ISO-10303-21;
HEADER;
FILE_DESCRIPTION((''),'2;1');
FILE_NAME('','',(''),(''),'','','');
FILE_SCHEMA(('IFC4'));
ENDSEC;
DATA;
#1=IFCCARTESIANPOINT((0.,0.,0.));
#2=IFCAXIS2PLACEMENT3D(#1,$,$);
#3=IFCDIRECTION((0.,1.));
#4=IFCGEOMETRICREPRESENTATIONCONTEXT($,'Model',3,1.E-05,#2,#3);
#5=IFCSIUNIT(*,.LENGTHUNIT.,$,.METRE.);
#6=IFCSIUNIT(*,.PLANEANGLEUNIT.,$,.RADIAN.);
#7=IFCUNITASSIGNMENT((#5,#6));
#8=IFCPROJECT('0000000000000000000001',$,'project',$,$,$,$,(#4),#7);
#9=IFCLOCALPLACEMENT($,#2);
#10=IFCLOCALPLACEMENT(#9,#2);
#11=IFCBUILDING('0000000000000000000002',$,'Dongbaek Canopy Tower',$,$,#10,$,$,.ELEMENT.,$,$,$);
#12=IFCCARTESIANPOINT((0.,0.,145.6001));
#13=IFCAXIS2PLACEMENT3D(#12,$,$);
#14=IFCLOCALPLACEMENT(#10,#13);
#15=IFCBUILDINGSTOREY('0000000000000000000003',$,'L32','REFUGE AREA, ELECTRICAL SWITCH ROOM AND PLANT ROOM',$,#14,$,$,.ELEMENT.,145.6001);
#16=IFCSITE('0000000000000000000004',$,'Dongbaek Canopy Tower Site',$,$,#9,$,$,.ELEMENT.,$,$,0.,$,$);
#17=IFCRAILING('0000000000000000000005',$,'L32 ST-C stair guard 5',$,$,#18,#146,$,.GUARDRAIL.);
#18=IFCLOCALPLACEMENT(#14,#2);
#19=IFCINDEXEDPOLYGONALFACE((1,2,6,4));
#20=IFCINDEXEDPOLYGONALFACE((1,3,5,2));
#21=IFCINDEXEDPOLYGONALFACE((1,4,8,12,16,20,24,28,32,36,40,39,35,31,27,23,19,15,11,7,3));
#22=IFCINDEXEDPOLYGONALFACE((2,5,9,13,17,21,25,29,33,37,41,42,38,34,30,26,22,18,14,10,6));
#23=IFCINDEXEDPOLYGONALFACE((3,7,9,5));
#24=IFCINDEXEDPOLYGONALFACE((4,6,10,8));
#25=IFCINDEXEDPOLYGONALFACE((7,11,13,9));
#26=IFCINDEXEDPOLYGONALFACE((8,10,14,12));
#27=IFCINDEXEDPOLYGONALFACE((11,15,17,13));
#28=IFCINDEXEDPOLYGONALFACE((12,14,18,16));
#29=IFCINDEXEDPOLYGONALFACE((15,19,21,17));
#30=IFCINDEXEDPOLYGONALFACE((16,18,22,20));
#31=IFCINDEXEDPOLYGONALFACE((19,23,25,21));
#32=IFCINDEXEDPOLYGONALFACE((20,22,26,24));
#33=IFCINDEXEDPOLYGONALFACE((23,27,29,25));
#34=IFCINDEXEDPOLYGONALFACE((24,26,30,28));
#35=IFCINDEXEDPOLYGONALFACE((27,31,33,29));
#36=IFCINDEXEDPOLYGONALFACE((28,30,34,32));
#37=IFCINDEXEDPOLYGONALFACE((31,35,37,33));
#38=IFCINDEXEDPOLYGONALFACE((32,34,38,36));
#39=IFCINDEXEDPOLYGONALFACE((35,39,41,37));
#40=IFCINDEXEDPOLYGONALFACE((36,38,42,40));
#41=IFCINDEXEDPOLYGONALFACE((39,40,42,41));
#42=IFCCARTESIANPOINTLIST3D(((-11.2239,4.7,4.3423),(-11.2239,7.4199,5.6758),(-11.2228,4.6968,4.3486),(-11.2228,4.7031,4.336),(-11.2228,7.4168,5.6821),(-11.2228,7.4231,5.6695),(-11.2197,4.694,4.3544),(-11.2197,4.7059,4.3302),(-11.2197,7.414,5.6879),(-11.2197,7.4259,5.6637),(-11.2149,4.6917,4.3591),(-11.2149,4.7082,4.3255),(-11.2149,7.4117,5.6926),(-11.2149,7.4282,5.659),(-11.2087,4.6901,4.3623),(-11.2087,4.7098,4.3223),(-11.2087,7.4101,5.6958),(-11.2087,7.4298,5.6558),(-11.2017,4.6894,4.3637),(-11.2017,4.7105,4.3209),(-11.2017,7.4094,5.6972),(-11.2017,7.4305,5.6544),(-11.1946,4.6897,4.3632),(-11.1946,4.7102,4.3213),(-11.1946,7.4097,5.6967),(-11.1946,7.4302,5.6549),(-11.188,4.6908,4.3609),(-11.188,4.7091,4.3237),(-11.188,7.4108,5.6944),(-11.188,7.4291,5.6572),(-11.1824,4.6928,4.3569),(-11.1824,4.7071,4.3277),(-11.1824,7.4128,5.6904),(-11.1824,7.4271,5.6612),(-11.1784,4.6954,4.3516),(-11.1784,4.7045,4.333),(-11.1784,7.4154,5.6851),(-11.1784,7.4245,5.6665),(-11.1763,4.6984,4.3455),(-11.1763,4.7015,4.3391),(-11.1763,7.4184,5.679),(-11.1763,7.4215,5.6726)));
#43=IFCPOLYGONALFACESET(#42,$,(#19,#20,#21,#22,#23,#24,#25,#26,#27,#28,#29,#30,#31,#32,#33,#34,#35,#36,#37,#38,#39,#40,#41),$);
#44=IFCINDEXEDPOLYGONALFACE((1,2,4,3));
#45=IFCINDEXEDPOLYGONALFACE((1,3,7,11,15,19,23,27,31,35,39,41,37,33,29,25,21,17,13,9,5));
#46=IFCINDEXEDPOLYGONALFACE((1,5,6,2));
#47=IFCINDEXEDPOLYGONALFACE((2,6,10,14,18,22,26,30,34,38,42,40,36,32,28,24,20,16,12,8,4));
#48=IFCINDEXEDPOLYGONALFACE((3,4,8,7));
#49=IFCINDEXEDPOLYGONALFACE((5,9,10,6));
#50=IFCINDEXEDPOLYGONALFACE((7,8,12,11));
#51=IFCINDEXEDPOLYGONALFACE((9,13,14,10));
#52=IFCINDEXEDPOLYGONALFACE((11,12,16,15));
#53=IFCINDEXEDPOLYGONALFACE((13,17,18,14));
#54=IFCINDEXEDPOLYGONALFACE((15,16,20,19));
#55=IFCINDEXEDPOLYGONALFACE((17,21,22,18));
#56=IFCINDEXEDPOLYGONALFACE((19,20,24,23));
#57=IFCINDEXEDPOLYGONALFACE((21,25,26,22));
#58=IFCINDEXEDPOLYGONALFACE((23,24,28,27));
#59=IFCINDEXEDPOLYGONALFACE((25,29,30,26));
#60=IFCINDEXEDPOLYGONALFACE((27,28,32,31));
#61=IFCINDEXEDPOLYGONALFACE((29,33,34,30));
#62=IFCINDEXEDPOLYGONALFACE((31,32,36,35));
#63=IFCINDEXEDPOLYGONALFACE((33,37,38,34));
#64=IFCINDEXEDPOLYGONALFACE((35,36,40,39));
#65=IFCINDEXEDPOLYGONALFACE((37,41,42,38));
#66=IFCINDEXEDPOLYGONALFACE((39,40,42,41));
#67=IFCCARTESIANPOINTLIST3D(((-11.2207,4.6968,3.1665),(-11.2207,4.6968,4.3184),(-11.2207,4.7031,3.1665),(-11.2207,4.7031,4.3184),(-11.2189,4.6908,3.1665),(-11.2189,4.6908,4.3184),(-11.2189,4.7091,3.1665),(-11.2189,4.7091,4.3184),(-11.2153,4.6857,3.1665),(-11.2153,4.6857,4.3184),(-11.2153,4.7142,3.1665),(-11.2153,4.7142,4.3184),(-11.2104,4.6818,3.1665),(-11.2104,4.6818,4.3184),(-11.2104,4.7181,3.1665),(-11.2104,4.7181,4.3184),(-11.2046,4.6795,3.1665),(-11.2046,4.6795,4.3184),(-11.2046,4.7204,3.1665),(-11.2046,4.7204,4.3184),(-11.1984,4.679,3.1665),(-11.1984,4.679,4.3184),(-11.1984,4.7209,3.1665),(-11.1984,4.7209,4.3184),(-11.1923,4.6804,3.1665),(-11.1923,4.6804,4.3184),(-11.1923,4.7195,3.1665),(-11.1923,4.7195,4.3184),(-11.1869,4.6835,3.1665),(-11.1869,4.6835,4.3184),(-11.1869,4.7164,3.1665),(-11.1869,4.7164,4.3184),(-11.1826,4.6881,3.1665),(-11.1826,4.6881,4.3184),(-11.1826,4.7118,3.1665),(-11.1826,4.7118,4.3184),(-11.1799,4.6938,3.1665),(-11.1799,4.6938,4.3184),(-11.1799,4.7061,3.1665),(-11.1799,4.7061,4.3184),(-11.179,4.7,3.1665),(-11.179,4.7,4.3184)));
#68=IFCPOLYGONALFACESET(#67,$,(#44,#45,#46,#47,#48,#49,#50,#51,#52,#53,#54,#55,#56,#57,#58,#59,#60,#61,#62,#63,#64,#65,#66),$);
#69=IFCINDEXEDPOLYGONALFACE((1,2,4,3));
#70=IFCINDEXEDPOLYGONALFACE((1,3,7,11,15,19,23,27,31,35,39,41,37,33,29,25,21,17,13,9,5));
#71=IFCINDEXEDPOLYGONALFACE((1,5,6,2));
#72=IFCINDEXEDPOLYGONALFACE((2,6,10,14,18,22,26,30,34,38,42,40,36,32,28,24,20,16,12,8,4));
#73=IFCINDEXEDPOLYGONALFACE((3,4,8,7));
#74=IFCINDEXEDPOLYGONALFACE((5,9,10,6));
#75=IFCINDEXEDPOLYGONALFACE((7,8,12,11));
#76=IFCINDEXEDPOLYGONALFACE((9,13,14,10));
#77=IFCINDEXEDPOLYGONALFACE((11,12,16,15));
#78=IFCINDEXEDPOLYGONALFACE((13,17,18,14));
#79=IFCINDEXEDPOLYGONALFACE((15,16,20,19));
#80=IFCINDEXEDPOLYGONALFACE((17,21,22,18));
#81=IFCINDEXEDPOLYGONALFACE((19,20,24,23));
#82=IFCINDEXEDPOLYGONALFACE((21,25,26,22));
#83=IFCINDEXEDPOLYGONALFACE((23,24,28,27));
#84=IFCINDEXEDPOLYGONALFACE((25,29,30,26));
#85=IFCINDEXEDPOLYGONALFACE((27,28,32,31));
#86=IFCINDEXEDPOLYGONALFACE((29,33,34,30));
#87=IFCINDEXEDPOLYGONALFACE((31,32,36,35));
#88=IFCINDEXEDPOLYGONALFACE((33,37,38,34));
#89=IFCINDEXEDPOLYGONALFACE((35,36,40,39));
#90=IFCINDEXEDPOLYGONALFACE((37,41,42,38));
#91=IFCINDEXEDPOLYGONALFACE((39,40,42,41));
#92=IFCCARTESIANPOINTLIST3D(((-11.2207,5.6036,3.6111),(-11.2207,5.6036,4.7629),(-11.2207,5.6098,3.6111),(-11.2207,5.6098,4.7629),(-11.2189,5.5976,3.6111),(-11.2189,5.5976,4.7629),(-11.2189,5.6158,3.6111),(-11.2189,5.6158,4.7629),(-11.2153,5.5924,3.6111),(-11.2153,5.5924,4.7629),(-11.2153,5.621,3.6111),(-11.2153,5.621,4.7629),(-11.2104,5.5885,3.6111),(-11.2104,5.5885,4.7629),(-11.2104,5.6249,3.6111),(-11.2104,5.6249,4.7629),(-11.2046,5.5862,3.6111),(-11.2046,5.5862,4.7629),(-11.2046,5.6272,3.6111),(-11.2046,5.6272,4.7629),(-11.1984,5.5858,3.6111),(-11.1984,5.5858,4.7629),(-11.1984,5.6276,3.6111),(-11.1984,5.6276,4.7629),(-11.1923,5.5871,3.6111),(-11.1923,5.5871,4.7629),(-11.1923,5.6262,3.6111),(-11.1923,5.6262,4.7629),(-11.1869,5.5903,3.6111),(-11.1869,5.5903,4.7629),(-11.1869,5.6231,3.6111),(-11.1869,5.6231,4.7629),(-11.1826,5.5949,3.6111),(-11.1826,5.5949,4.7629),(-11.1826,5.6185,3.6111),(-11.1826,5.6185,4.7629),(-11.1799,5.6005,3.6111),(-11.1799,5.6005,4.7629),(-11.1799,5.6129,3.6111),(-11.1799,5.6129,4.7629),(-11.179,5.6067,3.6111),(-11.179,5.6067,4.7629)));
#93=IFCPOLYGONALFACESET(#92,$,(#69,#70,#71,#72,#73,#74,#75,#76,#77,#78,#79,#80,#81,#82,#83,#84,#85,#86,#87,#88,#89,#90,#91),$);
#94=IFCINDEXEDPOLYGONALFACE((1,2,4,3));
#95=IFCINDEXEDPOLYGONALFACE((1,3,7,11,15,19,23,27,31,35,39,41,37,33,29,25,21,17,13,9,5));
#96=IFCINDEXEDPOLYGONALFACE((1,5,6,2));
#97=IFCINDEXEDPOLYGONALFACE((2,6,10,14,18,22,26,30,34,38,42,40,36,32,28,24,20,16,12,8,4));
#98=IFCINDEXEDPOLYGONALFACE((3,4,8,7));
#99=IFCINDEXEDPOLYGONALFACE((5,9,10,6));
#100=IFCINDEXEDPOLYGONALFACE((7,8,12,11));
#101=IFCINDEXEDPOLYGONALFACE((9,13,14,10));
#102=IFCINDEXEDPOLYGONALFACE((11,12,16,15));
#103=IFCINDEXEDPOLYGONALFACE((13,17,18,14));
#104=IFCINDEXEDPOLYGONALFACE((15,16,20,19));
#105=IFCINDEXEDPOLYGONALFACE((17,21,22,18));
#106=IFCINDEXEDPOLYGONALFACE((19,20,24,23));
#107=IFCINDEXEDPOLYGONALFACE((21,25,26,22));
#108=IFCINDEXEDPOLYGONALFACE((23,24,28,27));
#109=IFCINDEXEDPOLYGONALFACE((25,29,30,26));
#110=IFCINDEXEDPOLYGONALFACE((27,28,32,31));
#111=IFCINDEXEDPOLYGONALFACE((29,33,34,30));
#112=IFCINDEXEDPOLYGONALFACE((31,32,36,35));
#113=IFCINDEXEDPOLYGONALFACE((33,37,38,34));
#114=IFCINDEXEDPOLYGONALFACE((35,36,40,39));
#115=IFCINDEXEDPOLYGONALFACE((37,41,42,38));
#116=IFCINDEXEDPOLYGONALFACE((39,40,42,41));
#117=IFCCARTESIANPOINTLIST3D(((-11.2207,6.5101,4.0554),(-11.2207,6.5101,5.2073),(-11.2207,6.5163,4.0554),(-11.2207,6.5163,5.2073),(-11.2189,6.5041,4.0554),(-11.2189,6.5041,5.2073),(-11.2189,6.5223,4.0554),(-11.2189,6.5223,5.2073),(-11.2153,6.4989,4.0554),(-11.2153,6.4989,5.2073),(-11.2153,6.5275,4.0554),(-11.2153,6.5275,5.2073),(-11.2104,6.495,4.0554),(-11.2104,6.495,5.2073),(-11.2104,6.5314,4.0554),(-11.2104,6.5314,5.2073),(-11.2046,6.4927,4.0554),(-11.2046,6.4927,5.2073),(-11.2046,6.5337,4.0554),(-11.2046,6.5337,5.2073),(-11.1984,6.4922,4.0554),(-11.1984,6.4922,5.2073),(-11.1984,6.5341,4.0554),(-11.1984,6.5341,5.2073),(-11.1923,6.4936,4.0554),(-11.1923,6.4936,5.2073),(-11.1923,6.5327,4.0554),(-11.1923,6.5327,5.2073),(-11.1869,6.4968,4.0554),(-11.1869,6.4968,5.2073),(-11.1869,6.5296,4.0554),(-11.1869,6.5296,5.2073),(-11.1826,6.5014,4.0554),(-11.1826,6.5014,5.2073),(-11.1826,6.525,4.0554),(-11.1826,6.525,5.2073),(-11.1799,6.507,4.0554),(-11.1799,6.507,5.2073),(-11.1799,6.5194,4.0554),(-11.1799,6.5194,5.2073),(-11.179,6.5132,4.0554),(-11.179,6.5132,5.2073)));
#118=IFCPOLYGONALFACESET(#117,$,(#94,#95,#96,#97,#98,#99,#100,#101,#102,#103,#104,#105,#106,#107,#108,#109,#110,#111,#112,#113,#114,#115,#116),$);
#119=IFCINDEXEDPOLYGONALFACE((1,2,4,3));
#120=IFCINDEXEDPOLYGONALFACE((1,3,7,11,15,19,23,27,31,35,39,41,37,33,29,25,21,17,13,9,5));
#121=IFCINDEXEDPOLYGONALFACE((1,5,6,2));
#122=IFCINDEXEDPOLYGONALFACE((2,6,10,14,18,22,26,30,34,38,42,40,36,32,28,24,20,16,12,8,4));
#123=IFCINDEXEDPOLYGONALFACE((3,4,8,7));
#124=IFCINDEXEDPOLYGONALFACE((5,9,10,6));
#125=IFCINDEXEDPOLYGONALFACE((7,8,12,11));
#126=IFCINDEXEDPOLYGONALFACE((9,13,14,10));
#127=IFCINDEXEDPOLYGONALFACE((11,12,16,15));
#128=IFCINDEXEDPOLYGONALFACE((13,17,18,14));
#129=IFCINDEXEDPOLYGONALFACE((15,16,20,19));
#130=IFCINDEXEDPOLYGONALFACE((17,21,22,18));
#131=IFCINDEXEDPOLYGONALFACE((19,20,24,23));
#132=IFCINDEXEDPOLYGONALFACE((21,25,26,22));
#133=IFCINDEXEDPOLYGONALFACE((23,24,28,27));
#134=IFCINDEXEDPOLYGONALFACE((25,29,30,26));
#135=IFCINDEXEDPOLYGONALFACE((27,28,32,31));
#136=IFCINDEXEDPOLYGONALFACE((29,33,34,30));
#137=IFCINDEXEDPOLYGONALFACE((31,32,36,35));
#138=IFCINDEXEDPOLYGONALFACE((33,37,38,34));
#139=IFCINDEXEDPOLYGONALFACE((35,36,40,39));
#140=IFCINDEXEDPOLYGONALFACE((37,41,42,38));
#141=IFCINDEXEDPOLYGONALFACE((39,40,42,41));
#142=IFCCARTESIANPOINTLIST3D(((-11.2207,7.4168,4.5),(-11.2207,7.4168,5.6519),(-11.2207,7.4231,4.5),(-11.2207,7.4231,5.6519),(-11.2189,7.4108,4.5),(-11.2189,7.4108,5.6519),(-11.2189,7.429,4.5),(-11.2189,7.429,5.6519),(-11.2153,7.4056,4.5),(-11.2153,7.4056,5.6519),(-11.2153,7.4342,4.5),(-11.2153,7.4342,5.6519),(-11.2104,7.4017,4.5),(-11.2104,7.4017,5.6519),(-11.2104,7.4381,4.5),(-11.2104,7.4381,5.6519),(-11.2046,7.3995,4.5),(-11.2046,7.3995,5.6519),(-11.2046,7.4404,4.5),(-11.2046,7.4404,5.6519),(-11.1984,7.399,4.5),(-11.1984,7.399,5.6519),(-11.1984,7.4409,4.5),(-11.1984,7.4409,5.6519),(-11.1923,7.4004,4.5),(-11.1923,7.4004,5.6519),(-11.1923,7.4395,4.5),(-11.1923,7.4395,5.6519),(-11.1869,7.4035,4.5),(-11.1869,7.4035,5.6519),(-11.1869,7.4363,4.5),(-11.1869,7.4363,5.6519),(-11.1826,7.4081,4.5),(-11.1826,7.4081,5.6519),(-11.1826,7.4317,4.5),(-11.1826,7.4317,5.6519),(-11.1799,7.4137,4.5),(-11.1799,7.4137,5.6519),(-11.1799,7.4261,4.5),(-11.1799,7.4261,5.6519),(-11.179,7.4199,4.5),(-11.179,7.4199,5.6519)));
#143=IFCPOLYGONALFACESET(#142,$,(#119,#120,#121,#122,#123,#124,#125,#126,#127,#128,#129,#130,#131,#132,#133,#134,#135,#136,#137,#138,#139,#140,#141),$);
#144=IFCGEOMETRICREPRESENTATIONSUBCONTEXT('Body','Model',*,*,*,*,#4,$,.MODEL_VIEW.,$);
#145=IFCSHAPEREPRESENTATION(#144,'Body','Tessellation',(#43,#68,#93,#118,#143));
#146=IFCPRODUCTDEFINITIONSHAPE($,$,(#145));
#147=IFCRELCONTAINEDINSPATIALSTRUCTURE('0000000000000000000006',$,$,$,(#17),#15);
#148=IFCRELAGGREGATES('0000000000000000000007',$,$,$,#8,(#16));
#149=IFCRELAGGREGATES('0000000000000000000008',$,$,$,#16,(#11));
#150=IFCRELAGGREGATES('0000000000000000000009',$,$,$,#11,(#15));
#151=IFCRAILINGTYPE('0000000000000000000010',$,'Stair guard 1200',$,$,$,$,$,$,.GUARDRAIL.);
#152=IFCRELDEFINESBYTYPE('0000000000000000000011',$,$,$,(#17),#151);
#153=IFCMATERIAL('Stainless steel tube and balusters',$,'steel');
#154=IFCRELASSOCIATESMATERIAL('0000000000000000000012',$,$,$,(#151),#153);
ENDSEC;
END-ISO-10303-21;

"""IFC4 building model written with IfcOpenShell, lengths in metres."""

from ifc_helpers import new_model, si_unit, direction, frame, origin, origin_2d, place, context, subcontext, project, spatial, circle, extrude, material, type_object, element, save


model = new_model("IFC4")

# Units and contexts
model_context = context("Model", 3, precision=1e-05, world=origin(), true_north=direction((0.0, 1.0)))
body_context = subcontext(model_context, "Body", "Model", "MODEL_VIEW")
ifc_project = project(units=[si_unit("LENGTHUNIT", "METRE"), si_unit("PLANEANGLEUNIT", "RADIAN")], contexts=[model_context])

# Site, building, storey
site_placement = place(None, origin())
site = spatial("IfcSite", under=ifc_project, at=site_placement, Name="Dongbaek Canopy Tower Site", CompositionType="ELEMENT", RefElevation=0.0)
building_placement = place(site_placement, origin())
building = spatial("IfcBuilding", under=site, at=building_placement, Name="Dongbaek Canopy Tower", CompositionType="ELEMENT")
storey_placement = place(building_placement, frame((0.0, 0.0, 145.6001)))
storey = spatial("IfcBuildingStorey", under=building, at=storey_placement, Name="L32", Description="REFUGE AREA, ELECTRICAL SWITCH ROOM AND PLANT ROOM", CompositionType="ELEMENT", Elevation=145.6001)

# Railing
ifc_material_1 = material(Name="Stainless steel tube and balusters", Category="steel")
railing_type_1 = type_object("IfcRailingType", Name="Stair guard 1200", PredefinedType="GUARDRAIL", material=ifc_material_1)
railing_1_placement = place(storey_placement, frame((-11.2, 4.7, 3.1665)))
element("IfcRailing", 1, at=railing_1_placement, inside=storey, type_object=railing_type_1, Name="L32 ST-C stair guard 5", PredefinedType="GUARDRAIL", context=body_context, shape_type="SweptSolid", body=[
    extrude(circle(Radius=0.0239, at=origin_2d()), frame((0.0, 0.0, 1.1758), z_axis=(0.0, 0.897898, 0.440204), x_axis=(-1.0, 0.0, 0.0)), (0.0, 0.0, 1.0), 3.0293),
    extrude(circle(Radius=0.021, at=origin_2d()), origin(), (0.0, 0.0, 1.0), 1.1519),
    extrude(circle(Radius=0.021, at=origin_2d()), frame((0.0, 0.9067, 0.4446)), (0.0, 0.0, 1.0), 1.1519),
    extrude(circle(Radius=0.021, at=origin_2d()), frame((0.0, 1.8132, 0.8889)), (0.0, 0.0, 1.0), 1.1519),
    extrude(circle(Radius=0.021, at=origin_2d()), frame((0.0, 2.72, 1.3335)), (0.0, 0.0, 1.0), 1.1519),
])

save(model, "model.ifc")
